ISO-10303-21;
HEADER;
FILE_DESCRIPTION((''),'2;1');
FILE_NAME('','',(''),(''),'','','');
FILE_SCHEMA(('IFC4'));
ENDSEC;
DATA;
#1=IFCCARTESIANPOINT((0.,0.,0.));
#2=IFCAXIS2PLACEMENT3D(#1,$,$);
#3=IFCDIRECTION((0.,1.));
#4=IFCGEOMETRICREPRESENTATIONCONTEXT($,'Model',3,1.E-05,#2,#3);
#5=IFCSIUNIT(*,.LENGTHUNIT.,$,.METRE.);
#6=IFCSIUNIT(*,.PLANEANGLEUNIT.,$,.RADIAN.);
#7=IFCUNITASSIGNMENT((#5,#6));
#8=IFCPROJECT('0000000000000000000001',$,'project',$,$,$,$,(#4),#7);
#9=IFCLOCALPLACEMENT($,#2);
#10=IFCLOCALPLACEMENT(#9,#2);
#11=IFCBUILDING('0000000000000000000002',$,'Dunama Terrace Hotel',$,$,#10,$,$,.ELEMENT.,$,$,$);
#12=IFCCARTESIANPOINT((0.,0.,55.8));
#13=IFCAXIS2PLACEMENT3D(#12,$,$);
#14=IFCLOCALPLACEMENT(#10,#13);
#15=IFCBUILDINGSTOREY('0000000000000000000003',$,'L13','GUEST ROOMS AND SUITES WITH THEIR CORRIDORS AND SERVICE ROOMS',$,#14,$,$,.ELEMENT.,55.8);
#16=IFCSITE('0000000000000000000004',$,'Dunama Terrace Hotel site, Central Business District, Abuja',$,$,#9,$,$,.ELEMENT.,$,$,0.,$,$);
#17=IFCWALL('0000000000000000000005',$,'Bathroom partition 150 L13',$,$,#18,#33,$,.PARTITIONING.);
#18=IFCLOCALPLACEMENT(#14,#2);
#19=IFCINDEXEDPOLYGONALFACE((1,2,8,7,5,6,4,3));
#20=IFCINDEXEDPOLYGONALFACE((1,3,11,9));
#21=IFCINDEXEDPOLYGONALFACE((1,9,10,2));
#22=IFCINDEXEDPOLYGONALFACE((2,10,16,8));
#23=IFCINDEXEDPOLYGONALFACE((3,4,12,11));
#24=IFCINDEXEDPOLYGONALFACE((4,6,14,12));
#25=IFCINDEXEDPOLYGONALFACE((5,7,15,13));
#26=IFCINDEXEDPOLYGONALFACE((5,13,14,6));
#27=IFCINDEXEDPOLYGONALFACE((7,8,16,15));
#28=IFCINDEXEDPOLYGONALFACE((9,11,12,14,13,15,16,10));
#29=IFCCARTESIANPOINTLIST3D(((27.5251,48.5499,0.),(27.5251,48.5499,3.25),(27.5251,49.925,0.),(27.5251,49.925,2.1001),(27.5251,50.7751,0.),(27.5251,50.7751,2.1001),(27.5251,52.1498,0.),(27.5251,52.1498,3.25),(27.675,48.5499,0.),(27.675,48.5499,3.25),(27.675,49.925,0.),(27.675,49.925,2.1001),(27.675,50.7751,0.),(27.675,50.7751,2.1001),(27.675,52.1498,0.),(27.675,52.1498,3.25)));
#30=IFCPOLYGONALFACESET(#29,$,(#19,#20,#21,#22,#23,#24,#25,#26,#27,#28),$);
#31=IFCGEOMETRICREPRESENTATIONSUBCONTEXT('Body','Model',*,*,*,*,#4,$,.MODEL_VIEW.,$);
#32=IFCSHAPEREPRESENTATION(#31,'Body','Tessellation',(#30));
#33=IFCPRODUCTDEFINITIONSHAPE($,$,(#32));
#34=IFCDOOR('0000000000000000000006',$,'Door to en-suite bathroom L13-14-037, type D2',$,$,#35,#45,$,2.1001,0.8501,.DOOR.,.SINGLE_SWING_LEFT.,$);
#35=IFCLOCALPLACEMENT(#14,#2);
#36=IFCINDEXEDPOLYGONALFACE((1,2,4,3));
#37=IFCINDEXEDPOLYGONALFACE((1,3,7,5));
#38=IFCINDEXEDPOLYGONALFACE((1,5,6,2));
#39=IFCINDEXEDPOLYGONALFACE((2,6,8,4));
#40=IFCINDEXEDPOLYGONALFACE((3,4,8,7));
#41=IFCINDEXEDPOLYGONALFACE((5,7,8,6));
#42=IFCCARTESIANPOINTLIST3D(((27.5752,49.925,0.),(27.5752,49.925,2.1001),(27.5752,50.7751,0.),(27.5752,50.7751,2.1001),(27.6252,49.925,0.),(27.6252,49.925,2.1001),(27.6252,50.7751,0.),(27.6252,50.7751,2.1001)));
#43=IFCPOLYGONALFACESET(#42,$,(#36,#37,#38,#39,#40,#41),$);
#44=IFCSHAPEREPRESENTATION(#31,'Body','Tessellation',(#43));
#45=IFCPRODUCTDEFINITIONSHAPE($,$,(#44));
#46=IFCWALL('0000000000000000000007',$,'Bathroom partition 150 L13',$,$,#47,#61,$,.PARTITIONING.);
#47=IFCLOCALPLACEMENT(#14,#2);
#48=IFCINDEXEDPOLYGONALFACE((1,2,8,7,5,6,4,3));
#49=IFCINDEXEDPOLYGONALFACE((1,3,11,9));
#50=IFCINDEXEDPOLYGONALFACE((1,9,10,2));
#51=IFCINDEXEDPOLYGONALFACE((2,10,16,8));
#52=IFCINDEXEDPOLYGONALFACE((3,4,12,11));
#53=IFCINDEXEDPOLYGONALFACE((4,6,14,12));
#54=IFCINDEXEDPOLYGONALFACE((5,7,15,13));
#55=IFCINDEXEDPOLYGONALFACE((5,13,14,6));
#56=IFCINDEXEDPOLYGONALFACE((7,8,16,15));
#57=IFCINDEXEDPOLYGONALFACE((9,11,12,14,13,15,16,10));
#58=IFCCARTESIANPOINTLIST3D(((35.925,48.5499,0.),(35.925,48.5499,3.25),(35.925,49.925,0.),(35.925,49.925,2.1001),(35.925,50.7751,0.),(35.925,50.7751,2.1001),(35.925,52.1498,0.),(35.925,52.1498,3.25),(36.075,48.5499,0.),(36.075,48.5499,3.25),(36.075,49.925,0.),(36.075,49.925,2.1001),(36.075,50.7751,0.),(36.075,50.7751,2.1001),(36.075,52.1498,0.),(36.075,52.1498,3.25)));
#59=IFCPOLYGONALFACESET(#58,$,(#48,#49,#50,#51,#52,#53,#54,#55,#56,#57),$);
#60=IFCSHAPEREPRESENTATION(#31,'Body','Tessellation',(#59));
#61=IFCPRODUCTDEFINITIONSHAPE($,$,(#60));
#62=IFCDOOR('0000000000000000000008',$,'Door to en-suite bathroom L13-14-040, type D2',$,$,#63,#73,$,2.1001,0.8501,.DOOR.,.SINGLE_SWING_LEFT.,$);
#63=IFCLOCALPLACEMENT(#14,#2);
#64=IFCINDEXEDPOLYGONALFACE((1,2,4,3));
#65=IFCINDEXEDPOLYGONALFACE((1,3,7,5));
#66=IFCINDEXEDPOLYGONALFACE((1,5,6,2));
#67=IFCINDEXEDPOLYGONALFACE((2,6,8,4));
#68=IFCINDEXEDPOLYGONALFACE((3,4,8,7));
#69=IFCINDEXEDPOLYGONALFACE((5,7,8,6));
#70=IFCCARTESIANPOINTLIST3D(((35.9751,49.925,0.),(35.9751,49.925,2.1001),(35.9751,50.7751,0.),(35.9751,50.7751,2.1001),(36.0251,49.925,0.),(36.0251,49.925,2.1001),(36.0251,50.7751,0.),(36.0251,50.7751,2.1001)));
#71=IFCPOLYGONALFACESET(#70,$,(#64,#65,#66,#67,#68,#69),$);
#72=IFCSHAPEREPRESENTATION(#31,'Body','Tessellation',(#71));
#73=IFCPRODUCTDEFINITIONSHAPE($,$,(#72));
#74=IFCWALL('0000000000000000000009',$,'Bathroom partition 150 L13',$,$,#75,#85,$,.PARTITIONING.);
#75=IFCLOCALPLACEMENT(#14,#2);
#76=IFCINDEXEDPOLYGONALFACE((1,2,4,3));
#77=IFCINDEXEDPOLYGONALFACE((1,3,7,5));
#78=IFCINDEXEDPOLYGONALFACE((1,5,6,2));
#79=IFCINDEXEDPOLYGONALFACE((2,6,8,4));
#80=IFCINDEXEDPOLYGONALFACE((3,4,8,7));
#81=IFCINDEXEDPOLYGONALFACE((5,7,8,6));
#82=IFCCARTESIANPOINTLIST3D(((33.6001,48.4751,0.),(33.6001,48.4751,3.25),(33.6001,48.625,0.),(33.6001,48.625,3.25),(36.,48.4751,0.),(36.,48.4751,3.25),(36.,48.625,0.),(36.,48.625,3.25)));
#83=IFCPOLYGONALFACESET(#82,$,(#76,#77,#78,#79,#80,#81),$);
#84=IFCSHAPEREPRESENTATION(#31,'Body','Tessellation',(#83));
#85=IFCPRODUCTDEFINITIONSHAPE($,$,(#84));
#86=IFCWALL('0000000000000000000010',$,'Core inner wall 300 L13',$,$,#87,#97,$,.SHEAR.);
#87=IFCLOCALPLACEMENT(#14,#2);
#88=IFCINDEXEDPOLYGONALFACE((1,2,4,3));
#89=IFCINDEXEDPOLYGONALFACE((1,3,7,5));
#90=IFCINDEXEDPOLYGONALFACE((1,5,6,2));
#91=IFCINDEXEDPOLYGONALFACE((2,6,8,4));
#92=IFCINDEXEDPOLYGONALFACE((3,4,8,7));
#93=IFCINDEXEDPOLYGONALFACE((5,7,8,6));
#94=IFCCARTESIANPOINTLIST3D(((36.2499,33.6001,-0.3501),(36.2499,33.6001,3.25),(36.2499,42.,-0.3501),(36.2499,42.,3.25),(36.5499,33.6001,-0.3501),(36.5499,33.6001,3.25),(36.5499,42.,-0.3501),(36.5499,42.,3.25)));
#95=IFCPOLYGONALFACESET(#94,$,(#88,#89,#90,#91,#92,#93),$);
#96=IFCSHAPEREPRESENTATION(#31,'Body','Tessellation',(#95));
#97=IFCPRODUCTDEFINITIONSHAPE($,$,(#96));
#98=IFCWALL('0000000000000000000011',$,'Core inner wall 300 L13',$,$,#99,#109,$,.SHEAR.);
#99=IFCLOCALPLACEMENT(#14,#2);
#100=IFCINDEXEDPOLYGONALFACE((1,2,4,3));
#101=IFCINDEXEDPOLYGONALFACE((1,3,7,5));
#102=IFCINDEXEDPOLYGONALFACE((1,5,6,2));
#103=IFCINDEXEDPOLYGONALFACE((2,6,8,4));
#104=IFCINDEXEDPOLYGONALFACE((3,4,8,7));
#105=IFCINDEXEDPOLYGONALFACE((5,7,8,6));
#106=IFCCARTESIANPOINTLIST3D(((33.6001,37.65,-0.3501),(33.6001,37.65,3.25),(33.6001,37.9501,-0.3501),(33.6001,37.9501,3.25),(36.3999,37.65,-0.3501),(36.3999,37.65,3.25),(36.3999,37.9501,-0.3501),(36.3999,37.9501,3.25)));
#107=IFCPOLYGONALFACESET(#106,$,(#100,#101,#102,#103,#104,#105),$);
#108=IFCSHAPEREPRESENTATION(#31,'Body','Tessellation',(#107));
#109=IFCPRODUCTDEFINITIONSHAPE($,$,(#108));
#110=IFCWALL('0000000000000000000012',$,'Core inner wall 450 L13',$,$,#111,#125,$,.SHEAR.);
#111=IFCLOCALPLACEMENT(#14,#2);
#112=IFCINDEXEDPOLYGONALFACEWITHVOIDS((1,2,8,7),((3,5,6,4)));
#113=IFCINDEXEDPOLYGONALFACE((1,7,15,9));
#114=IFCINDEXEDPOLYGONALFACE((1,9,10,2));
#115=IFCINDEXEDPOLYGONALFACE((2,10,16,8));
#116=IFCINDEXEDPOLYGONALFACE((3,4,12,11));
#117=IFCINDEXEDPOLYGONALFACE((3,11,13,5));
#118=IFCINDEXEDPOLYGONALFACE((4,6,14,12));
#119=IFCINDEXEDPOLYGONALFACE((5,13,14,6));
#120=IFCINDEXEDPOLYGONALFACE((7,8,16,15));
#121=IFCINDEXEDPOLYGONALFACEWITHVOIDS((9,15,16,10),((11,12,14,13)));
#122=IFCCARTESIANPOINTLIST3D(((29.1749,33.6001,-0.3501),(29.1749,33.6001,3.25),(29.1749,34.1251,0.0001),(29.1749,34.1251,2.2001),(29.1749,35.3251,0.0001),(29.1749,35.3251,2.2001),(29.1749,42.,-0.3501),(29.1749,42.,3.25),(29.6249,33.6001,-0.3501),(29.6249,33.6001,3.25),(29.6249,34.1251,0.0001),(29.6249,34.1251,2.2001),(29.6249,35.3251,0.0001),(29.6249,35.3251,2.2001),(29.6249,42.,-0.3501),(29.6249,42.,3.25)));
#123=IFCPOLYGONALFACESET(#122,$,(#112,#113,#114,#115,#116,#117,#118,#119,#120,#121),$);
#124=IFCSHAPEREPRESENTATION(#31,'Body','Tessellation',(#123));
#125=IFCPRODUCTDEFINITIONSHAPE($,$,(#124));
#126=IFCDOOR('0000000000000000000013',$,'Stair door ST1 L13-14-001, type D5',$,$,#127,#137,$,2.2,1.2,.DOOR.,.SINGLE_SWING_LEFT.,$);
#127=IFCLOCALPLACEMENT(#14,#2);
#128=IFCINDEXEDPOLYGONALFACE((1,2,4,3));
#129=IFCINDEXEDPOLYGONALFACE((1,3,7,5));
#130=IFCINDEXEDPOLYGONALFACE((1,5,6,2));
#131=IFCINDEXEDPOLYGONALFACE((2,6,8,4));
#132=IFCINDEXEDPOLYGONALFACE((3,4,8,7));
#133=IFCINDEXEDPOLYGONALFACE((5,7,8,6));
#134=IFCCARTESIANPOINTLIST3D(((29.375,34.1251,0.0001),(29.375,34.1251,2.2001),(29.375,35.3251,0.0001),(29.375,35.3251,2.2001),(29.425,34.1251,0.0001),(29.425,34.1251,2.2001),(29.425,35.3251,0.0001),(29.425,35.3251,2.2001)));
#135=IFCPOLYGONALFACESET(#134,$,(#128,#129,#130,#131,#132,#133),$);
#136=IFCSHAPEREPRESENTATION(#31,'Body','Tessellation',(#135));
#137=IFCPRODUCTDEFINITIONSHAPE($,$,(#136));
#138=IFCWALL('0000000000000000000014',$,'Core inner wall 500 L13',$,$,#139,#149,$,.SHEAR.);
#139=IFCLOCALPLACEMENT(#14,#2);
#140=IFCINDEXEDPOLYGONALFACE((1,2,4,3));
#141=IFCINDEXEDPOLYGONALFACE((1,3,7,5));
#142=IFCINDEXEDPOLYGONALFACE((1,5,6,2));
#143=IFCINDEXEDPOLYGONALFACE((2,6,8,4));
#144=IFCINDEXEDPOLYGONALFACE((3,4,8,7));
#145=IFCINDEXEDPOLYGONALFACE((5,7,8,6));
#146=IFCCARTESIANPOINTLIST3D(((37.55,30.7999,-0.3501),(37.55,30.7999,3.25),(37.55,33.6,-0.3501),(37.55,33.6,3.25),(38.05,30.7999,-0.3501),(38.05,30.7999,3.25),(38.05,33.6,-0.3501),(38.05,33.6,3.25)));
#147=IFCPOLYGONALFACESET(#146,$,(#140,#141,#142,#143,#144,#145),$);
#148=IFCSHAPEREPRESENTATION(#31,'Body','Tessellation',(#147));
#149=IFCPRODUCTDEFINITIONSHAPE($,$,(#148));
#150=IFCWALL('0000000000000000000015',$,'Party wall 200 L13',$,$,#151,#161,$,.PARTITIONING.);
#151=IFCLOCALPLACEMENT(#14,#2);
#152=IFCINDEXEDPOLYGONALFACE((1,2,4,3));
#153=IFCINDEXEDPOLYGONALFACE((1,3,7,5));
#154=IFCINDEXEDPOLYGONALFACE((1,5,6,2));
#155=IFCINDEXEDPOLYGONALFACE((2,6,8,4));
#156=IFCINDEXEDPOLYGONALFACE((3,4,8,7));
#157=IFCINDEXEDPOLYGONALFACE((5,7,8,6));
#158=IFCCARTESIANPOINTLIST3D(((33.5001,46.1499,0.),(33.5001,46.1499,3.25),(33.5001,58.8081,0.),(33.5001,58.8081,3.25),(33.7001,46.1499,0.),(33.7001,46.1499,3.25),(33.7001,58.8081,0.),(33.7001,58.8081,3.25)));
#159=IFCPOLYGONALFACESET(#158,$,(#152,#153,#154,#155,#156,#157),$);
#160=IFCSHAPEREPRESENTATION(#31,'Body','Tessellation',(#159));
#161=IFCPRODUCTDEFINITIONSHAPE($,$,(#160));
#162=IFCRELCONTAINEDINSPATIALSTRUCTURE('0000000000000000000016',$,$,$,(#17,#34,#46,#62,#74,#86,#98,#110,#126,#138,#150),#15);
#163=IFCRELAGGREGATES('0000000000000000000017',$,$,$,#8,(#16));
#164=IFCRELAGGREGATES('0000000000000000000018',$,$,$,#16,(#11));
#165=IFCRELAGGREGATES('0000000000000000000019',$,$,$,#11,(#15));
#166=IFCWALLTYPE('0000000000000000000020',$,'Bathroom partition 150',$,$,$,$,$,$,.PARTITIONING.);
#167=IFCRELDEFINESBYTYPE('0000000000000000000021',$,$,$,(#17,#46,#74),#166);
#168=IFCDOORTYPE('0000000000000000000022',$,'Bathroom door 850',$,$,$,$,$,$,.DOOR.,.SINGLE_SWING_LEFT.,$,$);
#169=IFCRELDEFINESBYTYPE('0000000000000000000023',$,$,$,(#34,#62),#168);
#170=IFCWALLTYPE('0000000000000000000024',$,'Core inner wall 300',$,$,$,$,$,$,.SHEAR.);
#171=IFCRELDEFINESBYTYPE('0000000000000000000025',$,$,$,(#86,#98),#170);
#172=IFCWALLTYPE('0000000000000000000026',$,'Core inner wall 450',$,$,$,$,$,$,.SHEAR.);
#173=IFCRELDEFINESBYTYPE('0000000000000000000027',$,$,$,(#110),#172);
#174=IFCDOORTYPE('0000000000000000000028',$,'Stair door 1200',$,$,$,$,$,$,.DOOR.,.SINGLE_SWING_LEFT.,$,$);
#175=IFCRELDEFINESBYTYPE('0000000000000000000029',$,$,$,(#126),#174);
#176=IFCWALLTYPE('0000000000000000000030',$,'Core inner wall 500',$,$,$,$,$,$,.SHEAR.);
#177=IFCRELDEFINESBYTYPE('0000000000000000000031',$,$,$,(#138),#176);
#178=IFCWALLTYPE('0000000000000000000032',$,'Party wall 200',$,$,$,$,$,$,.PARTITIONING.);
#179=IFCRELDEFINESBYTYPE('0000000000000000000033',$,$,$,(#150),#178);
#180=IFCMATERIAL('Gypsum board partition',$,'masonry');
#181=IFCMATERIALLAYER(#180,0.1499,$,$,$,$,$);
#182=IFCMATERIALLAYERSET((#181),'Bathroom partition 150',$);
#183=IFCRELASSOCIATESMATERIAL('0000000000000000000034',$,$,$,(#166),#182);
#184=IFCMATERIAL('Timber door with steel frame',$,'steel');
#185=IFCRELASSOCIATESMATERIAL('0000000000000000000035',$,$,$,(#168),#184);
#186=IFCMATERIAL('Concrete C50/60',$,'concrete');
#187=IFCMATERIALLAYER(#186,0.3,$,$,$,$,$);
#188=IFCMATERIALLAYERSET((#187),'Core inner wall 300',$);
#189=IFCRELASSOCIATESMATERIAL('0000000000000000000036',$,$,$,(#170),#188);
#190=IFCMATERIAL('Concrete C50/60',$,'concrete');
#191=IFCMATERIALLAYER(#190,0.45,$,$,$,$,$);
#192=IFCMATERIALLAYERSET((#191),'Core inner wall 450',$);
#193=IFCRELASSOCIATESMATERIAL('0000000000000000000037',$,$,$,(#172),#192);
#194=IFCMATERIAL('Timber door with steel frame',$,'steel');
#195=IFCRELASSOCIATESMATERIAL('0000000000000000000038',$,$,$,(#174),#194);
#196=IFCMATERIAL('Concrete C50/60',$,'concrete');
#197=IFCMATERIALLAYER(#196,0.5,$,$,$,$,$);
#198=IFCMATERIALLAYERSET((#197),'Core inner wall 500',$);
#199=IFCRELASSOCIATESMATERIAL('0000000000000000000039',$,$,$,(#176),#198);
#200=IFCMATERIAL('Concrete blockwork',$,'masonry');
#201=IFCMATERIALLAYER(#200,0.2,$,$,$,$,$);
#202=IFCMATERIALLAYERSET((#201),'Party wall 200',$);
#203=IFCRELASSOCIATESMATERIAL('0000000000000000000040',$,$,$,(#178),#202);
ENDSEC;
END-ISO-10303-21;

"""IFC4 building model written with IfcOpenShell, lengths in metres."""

from ifc_helpers import new_model, si_unit, direction, frame, frame_2d, origin, place, context, subcontext, project, spatial, rectangle, extrude, material, layer, layer_set, type_object, element, fill, save


model = new_model("IFC4")

# Units and contexts
model_context = context("Model", 3, precision=1e-05, world=origin(), true_north=direction((0.0, 1.0)))
body_context = subcontext(model_context, "Body", "Model", "MODEL_VIEW")
ifc_project = project(units=[si_unit("LENGTHUNIT", "METRE"), si_unit("PLANEANGLEUNIT", "RADIAN")], contexts=[model_context])

# Site, building, storey
site_placement = place(None, origin())
site = spatial("IfcSite", under=ifc_project, at=site_placement, Name="Dunama Terrace Hotel site, Central Business District, Abuja", CompositionType="ELEMENT", RefElevation=0.0)
building_placement = place(site_placement, origin())
building = spatial("IfcBuilding", under=site, at=building_placement, Name="Dunama Terrace Hotel", CompositionType="ELEMENT")
storey_placement = place(building_placement, frame((0.0, 0.0, 55.8)))
storey = spatial("IfcBuildingStorey", under=building, at=storey_placement, Name="L13", Description="GUEST ROOMS AND SUITES WITH THEIR CORRIDORS AND SERVICE ROOMS", CompositionType="ELEMENT", Elevation=55.8)

# Walls, openings, doors
ifc_material_1 = material(Name="Gypsum board partition", Category="masonry")
ifc_layer_1 = layer(ifc_material_1, 0.1499)
ifc_layer_set_1 = layer_set([ifc_layer_1], Name="Bathroom partition 150")
wall_type_1 = type_object("IfcWallType", Name="Bathroom partition 150", PredefinedType="PARTITIONING", material=ifc_layer_set_1)
wall_1_placement = place(storey_placement, frame((27.6001, 48.55, 0.0), z_axis=(0.0, 0.0, 1.0), x_axis=(0.0, 1.0, 0.0)))
wall_1 = element("IfcWall", 1, at=wall_1_placement, inside=storey, type_object=wall_type_1, Name="Bathroom partition 150 L13", PredefinedType="PARTITIONING", context=body_context, shape_type="SweptSolid", body=[
    extrude(rectangle(XDim=3.5999, YDim=0.1499, at=frame_2d((1.7998, 0.0))), origin(), (0.0, 0.0, 1.0), 3.25),
])
opening_1_placement = place(wall_1_placement, frame((1.375, 0.0, 0.0)))
opening_1 = element("IfcOpeningElement", 2, at=opening_1_placement, cuts=wall_1, PredefinedType="OPENING", context=body_context, shape_type="SweptSolid", body=[
    extrude(rectangle(XDim=0.8501, YDim=2.1001, at=frame_2d((0.425, 1.05))), frame((0.0, 0.085, 0.0), z_axis=(0.0, -1.0, 0.0), x_axis=(1.0, 0.0, 0.0)), (0.0, 0.0, 1.0), 0.1699),
])
ifc_material_2 = material(Name="Timber door with steel frame", Category="steel")
door_type_1 = type_object("IfcDoorType", Name="Bathroom door 850", OperationType="SINGLE_SWING_LEFT", PredefinedType="DOOR", material=ifc_material_2)
door_1_placement = place(opening_1_placement, origin())
door_1 = element("IfcDoor", 3, at=door_1_placement, inside=storey, type_object=door_type_1, Name="Door to en-suite bathroom L13-14-037, type D2", OperationType="SINGLE_SWING_LEFT", OverallHeight=2.1001, OverallWidth=0.8501, PredefinedType="DOOR", context=body_context, shape_type="SweptSolid", body=[
    extrude(rectangle(XDim=0.8501, YDim=2.1001, at=frame_2d((0.425, 1.05))), frame((0.0, 0.0249, 0.0), z_axis=(0.0, -1.0, 0.0), x_axis=(1.0, 0.0, 0.0)), (0.0, 0.0, 1.0), 0.05),
])
fill(opening_1, door_1)
wall_2_placement = place(storey_placement, frame((36.0, 48.55, 0.0), z_axis=(0.0, 0.0, 1.0), x_axis=(0.0, 1.0, 0.0)))
wall_2 = element("IfcWall", 4, at=wall_2_placement, inside=storey, type_object=wall_type_1, Name="Bathroom partition 150 L13", PredefinedType="PARTITIONING", context=body_context, shape_type="SweptSolid", body=[
    extrude(rectangle(XDim=3.5999, YDim=0.1499, at=frame_2d((1.7998, 0.0))), origin(), (0.0, 0.0, 1.0), 3.25),
])
opening_2_placement = place(wall_2_placement, frame((1.375, 0.0, 0.0)))
opening_2 = element("IfcOpeningElement", 5, at=opening_2_placement, cuts=wall_2, PredefinedType="OPENING", context=body_context, shape_type="SweptSolid", body=[
    extrude(rectangle(XDim=0.8501, YDim=2.1001, at=frame_2d((0.425, 1.05))), frame((0.0, 0.085, 0.0), z_axis=(0.0, -1.0, 0.0), x_axis=(1.0, 0.0, 0.0)), (0.0, 0.0, 1.0), 0.1699),
])
door_2_placement = place(opening_2_placement, origin())
door_2 = element("IfcDoor", 6, at=door_2_placement, inside=storey, type_object=door_type_1, Name="Door to en-suite bathroom L13-14-040, type D2", OperationType="SINGLE_SWING_LEFT", OverallHeight=2.1001, OverallWidth=0.8501, PredefinedType="DOOR", context=body_context, shape_type="SweptSolid", body=[
    extrude(rectangle(XDim=0.8501, YDim=2.1001, at=frame_2d((0.425, 1.05))), frame((0.0, 0.0249, 0.0), z_axis=(0.0, -1.0, 0.0), x_axis=(1.0, 0.0, 0.0)), (0.0, 0.0, 1.0), 0.05),
])
fill(opening_2, door_2)

# Walls
wall_3_placement = place(storey_placement, frame((33.6001, 48.55, 0.0), z_axis=(0.0, 0.0, 1.0), x_axis=(1.0, 0.0, 0.0)))
element("IfcWall", 7, at=wall_3_placement, inside=storey, type_object=wall_type_1, Name="Bathroom partition 150 L13", PredefinedType="PARTITIONING", context=body_context, shape_type="SweptSolid", body=[
    extrude(rectangle(XDim=2.3999, YDim=0.1499, at=frame_2d((1.2, 0.0))), origin(), (0.0, 0.0, 1.0), 3.25),
])
ifc_material_3 = material(Name="Concrete C50/60", Category="concrete")
ifc_layer_2 = layer(ifc_material_3, 0.3)
ifc_layer_set_2 = layer_set([ifc_layer_2], Name="Core inner wall 300")
wall_type_2 = type_object("IfcWallType", Name="Core inner wall 300", PredefinedType="SHEAR", material=ifc_layer_set_2)
wall_4_placement = place(storey_placement, frame((36.3999, 33.6001, -0.3501), z_axis=(0.0, 0.0, 1.0), x_axis=(0.0, 1.0, 0.0)))
element("IfcWall", 8, at=wall_4_placement, inside=storey, type_object=wall_type_2, Name="Core inner wall 300 L13", PredefinedType="SHEAR", context=body_context, shape_type="SweptSolid", body=[
    extrude(rectangle(XDim=8.3999, YDim=0.3, at=frame_2d((4.2, 0.0))), origin(), (0.0, 0.0, 1.0), 3.6001),
])
wall_5_placement = place(storey_placement, frame((33.6001, 37.8, -0.3501), z_axis=(0.0, 0.0, 1.0), x_axis=(1.0, 0.0, 0.0)))
element("IfcWall", 9, at=wall_5_placement, inside=storey, type_object=wall_type_2, Name="Core inner wall 300 L13", PredefinedType="SHEAR", context=body_context, shape_type="SweptSolid", body=[
    extrude(rectangle(XDim=2.7998, YDim=0.3, at=frame_2d((1.3999, 0.0))), origin(), (0.0, 0.0, 1.0), 3.6001),
])

# Wall, opening, door
ifc_material_4 = material(Name="Concrete C50/60", Category="concrete")
ifc_layer_3 = layer(ifc_material_4, 0.45)
ifc_layer_set_3 = layer_set([ifc_layer_3], Name="Core inner wall 450")
wall_type_3 = type_object("IfcWallType", Name="Core inner wall 450", PredefinedType="SHEAR", material=ifc_layer_set_3)
wall_6_placement = place(storey_placement, frame((29.3999, 33.6001, -0.3501), z_axis=(0.0, 0.0, 1.0), x_axis=(0.0, 1.0, 0.0)))
wall_6 = element("IfcWall", 10, at=wall_6_placement, inside=storey, type_object=wall_type_3, Name="Core inner wall 450 L13", PredefinedType="SHEAR", context=body_context, shape_type="SweptSolid", body=[
    extrude(rectangle(XDim=8.3999, YDim=0.45, at=frame_2d((4.2, 0.0))), origin(), (0.0, 0.0, 1.0), 3.6001),
])
opening_3_placement = place(wall_6_placement, frame((0.5249, 0.0, 0.3501)))
opening_3 = element("IfcOpeningElement", 11, at=opening_3_placement, cuts=wall_6, PredefinedType="OPENING", context=body_context, shape_type="SweptSolid", body=[
    extrude(rectangle(XDim=1.2, YDim=2.2, at=frame_2d((0.6001, 1.1001))), frame((0.0, 0.2349, 0.0), z_axis=(0.0, -1.0, 0.0), x_axis=(1.0, 0.0, 0.0)), (0.0, 0.0, 1.0), 0.47),
])
ifc_material_5 = material(Name="Timber door with steel frame", Category="steel")
door_type_2 = type_object("IfcDoorType", Name="Stair door 1200", OperationType="SINGLE_SWING_LEFT", PredefinedType="DOOR", material=ifc_material_5)
door_3_placement = place(opening_3_placement, origin())
door_3 = element("IfcDoor", 12, at=door_3_placement, inside=storey, type_object=door_type_2, Name="Stair door ST1 L13-14-001, type D5", OperationType="SINGLE_SWING_LEFT", OverallHeight=2.2, OverallWidth=1.2, PredefinedType="DOOR", context=body_context, shape_type="SweptSolid", body=[
    extrude(rectangle(XDim=1.2, YDim=2.2, at=frame_2d((0.6001, 1.1001))), frame((0.0, 0.0249, 0.0), z_axis=(0.0, -1.0, 0.0), x_axis=(1.0, 0.0, 0.0)), (0.0, 0.0, 1.0), 0.05),
])
fill(opening_3, door_3)

# Walls
ifc_material_6 = material(Name="Concrete C50/60", Category="concrete")
ifc_layer_4 = layer(ifc_material_6, 0.5)
ifc_layer_set_4 = layer_set([ifc_layer_4], Name="Core inner wall 500")
wall_type_4 = type_object("IfcWallType", Name="Core inner wall 500", PredefinedType="SHEAR", material=ifc_layer_set_4)
wall_7_placement = place(storey_placement, frame((37.8, 30.8, -0.3501), z_axis=(0.0, 0.0, 1.0), x_axis=(0.0, 1.0, 0.0)))
element("IfcWall", 13, at=wall_7_placement, inside=storey, type_object=wall_type_4, Name="Core inner wall 500 L13", PredefinedType="SHEAR", context=body_context, shape_type="SweptSolid", body=[
    extrude(rectangle(XDim=2.8, YDim=0.5, at=frame_2d((1.3999, 0.0))), origin(), (0.0, 0.0, 1.0), 3.6001),
])
ifc_material_7 = material(Name="Concrete blockwork", Category="masonry")
ifc_layer_5 = layer(ifc_material_7, 0.2)
ifc_layer_set_5 = layer_set([ifc_layer_5], Name="Party wall 200")
wall_type_5 = type_object("IfcWallType", Name="Party wall 200", PredefinedType="PARTITIONING", material=ifc_layer_set_5)
wall_8_placement = place(storey_placement, frame((33.6001, 46.1499, 0.0), z_axis=(0.0, 0.0, 1.0), x_axis=(0.0, 1.0, 0.0)))
element("IfcWall", 14, at=wall_8_placement, inside=storey, type_object=wall_type_5, Name="Party wall 200 L13", PredefinedType="PARTITIONING", context=body_context, shape_type="SweptSolid", body=[
    extrude(rectangle(XDim=12.6582, YDim=0.2, at=frame_2d((6.3291, 0.0))), origin(), (0.0, 0.0, 1.0), 3.25),
])

save(model, "model.ifc")
